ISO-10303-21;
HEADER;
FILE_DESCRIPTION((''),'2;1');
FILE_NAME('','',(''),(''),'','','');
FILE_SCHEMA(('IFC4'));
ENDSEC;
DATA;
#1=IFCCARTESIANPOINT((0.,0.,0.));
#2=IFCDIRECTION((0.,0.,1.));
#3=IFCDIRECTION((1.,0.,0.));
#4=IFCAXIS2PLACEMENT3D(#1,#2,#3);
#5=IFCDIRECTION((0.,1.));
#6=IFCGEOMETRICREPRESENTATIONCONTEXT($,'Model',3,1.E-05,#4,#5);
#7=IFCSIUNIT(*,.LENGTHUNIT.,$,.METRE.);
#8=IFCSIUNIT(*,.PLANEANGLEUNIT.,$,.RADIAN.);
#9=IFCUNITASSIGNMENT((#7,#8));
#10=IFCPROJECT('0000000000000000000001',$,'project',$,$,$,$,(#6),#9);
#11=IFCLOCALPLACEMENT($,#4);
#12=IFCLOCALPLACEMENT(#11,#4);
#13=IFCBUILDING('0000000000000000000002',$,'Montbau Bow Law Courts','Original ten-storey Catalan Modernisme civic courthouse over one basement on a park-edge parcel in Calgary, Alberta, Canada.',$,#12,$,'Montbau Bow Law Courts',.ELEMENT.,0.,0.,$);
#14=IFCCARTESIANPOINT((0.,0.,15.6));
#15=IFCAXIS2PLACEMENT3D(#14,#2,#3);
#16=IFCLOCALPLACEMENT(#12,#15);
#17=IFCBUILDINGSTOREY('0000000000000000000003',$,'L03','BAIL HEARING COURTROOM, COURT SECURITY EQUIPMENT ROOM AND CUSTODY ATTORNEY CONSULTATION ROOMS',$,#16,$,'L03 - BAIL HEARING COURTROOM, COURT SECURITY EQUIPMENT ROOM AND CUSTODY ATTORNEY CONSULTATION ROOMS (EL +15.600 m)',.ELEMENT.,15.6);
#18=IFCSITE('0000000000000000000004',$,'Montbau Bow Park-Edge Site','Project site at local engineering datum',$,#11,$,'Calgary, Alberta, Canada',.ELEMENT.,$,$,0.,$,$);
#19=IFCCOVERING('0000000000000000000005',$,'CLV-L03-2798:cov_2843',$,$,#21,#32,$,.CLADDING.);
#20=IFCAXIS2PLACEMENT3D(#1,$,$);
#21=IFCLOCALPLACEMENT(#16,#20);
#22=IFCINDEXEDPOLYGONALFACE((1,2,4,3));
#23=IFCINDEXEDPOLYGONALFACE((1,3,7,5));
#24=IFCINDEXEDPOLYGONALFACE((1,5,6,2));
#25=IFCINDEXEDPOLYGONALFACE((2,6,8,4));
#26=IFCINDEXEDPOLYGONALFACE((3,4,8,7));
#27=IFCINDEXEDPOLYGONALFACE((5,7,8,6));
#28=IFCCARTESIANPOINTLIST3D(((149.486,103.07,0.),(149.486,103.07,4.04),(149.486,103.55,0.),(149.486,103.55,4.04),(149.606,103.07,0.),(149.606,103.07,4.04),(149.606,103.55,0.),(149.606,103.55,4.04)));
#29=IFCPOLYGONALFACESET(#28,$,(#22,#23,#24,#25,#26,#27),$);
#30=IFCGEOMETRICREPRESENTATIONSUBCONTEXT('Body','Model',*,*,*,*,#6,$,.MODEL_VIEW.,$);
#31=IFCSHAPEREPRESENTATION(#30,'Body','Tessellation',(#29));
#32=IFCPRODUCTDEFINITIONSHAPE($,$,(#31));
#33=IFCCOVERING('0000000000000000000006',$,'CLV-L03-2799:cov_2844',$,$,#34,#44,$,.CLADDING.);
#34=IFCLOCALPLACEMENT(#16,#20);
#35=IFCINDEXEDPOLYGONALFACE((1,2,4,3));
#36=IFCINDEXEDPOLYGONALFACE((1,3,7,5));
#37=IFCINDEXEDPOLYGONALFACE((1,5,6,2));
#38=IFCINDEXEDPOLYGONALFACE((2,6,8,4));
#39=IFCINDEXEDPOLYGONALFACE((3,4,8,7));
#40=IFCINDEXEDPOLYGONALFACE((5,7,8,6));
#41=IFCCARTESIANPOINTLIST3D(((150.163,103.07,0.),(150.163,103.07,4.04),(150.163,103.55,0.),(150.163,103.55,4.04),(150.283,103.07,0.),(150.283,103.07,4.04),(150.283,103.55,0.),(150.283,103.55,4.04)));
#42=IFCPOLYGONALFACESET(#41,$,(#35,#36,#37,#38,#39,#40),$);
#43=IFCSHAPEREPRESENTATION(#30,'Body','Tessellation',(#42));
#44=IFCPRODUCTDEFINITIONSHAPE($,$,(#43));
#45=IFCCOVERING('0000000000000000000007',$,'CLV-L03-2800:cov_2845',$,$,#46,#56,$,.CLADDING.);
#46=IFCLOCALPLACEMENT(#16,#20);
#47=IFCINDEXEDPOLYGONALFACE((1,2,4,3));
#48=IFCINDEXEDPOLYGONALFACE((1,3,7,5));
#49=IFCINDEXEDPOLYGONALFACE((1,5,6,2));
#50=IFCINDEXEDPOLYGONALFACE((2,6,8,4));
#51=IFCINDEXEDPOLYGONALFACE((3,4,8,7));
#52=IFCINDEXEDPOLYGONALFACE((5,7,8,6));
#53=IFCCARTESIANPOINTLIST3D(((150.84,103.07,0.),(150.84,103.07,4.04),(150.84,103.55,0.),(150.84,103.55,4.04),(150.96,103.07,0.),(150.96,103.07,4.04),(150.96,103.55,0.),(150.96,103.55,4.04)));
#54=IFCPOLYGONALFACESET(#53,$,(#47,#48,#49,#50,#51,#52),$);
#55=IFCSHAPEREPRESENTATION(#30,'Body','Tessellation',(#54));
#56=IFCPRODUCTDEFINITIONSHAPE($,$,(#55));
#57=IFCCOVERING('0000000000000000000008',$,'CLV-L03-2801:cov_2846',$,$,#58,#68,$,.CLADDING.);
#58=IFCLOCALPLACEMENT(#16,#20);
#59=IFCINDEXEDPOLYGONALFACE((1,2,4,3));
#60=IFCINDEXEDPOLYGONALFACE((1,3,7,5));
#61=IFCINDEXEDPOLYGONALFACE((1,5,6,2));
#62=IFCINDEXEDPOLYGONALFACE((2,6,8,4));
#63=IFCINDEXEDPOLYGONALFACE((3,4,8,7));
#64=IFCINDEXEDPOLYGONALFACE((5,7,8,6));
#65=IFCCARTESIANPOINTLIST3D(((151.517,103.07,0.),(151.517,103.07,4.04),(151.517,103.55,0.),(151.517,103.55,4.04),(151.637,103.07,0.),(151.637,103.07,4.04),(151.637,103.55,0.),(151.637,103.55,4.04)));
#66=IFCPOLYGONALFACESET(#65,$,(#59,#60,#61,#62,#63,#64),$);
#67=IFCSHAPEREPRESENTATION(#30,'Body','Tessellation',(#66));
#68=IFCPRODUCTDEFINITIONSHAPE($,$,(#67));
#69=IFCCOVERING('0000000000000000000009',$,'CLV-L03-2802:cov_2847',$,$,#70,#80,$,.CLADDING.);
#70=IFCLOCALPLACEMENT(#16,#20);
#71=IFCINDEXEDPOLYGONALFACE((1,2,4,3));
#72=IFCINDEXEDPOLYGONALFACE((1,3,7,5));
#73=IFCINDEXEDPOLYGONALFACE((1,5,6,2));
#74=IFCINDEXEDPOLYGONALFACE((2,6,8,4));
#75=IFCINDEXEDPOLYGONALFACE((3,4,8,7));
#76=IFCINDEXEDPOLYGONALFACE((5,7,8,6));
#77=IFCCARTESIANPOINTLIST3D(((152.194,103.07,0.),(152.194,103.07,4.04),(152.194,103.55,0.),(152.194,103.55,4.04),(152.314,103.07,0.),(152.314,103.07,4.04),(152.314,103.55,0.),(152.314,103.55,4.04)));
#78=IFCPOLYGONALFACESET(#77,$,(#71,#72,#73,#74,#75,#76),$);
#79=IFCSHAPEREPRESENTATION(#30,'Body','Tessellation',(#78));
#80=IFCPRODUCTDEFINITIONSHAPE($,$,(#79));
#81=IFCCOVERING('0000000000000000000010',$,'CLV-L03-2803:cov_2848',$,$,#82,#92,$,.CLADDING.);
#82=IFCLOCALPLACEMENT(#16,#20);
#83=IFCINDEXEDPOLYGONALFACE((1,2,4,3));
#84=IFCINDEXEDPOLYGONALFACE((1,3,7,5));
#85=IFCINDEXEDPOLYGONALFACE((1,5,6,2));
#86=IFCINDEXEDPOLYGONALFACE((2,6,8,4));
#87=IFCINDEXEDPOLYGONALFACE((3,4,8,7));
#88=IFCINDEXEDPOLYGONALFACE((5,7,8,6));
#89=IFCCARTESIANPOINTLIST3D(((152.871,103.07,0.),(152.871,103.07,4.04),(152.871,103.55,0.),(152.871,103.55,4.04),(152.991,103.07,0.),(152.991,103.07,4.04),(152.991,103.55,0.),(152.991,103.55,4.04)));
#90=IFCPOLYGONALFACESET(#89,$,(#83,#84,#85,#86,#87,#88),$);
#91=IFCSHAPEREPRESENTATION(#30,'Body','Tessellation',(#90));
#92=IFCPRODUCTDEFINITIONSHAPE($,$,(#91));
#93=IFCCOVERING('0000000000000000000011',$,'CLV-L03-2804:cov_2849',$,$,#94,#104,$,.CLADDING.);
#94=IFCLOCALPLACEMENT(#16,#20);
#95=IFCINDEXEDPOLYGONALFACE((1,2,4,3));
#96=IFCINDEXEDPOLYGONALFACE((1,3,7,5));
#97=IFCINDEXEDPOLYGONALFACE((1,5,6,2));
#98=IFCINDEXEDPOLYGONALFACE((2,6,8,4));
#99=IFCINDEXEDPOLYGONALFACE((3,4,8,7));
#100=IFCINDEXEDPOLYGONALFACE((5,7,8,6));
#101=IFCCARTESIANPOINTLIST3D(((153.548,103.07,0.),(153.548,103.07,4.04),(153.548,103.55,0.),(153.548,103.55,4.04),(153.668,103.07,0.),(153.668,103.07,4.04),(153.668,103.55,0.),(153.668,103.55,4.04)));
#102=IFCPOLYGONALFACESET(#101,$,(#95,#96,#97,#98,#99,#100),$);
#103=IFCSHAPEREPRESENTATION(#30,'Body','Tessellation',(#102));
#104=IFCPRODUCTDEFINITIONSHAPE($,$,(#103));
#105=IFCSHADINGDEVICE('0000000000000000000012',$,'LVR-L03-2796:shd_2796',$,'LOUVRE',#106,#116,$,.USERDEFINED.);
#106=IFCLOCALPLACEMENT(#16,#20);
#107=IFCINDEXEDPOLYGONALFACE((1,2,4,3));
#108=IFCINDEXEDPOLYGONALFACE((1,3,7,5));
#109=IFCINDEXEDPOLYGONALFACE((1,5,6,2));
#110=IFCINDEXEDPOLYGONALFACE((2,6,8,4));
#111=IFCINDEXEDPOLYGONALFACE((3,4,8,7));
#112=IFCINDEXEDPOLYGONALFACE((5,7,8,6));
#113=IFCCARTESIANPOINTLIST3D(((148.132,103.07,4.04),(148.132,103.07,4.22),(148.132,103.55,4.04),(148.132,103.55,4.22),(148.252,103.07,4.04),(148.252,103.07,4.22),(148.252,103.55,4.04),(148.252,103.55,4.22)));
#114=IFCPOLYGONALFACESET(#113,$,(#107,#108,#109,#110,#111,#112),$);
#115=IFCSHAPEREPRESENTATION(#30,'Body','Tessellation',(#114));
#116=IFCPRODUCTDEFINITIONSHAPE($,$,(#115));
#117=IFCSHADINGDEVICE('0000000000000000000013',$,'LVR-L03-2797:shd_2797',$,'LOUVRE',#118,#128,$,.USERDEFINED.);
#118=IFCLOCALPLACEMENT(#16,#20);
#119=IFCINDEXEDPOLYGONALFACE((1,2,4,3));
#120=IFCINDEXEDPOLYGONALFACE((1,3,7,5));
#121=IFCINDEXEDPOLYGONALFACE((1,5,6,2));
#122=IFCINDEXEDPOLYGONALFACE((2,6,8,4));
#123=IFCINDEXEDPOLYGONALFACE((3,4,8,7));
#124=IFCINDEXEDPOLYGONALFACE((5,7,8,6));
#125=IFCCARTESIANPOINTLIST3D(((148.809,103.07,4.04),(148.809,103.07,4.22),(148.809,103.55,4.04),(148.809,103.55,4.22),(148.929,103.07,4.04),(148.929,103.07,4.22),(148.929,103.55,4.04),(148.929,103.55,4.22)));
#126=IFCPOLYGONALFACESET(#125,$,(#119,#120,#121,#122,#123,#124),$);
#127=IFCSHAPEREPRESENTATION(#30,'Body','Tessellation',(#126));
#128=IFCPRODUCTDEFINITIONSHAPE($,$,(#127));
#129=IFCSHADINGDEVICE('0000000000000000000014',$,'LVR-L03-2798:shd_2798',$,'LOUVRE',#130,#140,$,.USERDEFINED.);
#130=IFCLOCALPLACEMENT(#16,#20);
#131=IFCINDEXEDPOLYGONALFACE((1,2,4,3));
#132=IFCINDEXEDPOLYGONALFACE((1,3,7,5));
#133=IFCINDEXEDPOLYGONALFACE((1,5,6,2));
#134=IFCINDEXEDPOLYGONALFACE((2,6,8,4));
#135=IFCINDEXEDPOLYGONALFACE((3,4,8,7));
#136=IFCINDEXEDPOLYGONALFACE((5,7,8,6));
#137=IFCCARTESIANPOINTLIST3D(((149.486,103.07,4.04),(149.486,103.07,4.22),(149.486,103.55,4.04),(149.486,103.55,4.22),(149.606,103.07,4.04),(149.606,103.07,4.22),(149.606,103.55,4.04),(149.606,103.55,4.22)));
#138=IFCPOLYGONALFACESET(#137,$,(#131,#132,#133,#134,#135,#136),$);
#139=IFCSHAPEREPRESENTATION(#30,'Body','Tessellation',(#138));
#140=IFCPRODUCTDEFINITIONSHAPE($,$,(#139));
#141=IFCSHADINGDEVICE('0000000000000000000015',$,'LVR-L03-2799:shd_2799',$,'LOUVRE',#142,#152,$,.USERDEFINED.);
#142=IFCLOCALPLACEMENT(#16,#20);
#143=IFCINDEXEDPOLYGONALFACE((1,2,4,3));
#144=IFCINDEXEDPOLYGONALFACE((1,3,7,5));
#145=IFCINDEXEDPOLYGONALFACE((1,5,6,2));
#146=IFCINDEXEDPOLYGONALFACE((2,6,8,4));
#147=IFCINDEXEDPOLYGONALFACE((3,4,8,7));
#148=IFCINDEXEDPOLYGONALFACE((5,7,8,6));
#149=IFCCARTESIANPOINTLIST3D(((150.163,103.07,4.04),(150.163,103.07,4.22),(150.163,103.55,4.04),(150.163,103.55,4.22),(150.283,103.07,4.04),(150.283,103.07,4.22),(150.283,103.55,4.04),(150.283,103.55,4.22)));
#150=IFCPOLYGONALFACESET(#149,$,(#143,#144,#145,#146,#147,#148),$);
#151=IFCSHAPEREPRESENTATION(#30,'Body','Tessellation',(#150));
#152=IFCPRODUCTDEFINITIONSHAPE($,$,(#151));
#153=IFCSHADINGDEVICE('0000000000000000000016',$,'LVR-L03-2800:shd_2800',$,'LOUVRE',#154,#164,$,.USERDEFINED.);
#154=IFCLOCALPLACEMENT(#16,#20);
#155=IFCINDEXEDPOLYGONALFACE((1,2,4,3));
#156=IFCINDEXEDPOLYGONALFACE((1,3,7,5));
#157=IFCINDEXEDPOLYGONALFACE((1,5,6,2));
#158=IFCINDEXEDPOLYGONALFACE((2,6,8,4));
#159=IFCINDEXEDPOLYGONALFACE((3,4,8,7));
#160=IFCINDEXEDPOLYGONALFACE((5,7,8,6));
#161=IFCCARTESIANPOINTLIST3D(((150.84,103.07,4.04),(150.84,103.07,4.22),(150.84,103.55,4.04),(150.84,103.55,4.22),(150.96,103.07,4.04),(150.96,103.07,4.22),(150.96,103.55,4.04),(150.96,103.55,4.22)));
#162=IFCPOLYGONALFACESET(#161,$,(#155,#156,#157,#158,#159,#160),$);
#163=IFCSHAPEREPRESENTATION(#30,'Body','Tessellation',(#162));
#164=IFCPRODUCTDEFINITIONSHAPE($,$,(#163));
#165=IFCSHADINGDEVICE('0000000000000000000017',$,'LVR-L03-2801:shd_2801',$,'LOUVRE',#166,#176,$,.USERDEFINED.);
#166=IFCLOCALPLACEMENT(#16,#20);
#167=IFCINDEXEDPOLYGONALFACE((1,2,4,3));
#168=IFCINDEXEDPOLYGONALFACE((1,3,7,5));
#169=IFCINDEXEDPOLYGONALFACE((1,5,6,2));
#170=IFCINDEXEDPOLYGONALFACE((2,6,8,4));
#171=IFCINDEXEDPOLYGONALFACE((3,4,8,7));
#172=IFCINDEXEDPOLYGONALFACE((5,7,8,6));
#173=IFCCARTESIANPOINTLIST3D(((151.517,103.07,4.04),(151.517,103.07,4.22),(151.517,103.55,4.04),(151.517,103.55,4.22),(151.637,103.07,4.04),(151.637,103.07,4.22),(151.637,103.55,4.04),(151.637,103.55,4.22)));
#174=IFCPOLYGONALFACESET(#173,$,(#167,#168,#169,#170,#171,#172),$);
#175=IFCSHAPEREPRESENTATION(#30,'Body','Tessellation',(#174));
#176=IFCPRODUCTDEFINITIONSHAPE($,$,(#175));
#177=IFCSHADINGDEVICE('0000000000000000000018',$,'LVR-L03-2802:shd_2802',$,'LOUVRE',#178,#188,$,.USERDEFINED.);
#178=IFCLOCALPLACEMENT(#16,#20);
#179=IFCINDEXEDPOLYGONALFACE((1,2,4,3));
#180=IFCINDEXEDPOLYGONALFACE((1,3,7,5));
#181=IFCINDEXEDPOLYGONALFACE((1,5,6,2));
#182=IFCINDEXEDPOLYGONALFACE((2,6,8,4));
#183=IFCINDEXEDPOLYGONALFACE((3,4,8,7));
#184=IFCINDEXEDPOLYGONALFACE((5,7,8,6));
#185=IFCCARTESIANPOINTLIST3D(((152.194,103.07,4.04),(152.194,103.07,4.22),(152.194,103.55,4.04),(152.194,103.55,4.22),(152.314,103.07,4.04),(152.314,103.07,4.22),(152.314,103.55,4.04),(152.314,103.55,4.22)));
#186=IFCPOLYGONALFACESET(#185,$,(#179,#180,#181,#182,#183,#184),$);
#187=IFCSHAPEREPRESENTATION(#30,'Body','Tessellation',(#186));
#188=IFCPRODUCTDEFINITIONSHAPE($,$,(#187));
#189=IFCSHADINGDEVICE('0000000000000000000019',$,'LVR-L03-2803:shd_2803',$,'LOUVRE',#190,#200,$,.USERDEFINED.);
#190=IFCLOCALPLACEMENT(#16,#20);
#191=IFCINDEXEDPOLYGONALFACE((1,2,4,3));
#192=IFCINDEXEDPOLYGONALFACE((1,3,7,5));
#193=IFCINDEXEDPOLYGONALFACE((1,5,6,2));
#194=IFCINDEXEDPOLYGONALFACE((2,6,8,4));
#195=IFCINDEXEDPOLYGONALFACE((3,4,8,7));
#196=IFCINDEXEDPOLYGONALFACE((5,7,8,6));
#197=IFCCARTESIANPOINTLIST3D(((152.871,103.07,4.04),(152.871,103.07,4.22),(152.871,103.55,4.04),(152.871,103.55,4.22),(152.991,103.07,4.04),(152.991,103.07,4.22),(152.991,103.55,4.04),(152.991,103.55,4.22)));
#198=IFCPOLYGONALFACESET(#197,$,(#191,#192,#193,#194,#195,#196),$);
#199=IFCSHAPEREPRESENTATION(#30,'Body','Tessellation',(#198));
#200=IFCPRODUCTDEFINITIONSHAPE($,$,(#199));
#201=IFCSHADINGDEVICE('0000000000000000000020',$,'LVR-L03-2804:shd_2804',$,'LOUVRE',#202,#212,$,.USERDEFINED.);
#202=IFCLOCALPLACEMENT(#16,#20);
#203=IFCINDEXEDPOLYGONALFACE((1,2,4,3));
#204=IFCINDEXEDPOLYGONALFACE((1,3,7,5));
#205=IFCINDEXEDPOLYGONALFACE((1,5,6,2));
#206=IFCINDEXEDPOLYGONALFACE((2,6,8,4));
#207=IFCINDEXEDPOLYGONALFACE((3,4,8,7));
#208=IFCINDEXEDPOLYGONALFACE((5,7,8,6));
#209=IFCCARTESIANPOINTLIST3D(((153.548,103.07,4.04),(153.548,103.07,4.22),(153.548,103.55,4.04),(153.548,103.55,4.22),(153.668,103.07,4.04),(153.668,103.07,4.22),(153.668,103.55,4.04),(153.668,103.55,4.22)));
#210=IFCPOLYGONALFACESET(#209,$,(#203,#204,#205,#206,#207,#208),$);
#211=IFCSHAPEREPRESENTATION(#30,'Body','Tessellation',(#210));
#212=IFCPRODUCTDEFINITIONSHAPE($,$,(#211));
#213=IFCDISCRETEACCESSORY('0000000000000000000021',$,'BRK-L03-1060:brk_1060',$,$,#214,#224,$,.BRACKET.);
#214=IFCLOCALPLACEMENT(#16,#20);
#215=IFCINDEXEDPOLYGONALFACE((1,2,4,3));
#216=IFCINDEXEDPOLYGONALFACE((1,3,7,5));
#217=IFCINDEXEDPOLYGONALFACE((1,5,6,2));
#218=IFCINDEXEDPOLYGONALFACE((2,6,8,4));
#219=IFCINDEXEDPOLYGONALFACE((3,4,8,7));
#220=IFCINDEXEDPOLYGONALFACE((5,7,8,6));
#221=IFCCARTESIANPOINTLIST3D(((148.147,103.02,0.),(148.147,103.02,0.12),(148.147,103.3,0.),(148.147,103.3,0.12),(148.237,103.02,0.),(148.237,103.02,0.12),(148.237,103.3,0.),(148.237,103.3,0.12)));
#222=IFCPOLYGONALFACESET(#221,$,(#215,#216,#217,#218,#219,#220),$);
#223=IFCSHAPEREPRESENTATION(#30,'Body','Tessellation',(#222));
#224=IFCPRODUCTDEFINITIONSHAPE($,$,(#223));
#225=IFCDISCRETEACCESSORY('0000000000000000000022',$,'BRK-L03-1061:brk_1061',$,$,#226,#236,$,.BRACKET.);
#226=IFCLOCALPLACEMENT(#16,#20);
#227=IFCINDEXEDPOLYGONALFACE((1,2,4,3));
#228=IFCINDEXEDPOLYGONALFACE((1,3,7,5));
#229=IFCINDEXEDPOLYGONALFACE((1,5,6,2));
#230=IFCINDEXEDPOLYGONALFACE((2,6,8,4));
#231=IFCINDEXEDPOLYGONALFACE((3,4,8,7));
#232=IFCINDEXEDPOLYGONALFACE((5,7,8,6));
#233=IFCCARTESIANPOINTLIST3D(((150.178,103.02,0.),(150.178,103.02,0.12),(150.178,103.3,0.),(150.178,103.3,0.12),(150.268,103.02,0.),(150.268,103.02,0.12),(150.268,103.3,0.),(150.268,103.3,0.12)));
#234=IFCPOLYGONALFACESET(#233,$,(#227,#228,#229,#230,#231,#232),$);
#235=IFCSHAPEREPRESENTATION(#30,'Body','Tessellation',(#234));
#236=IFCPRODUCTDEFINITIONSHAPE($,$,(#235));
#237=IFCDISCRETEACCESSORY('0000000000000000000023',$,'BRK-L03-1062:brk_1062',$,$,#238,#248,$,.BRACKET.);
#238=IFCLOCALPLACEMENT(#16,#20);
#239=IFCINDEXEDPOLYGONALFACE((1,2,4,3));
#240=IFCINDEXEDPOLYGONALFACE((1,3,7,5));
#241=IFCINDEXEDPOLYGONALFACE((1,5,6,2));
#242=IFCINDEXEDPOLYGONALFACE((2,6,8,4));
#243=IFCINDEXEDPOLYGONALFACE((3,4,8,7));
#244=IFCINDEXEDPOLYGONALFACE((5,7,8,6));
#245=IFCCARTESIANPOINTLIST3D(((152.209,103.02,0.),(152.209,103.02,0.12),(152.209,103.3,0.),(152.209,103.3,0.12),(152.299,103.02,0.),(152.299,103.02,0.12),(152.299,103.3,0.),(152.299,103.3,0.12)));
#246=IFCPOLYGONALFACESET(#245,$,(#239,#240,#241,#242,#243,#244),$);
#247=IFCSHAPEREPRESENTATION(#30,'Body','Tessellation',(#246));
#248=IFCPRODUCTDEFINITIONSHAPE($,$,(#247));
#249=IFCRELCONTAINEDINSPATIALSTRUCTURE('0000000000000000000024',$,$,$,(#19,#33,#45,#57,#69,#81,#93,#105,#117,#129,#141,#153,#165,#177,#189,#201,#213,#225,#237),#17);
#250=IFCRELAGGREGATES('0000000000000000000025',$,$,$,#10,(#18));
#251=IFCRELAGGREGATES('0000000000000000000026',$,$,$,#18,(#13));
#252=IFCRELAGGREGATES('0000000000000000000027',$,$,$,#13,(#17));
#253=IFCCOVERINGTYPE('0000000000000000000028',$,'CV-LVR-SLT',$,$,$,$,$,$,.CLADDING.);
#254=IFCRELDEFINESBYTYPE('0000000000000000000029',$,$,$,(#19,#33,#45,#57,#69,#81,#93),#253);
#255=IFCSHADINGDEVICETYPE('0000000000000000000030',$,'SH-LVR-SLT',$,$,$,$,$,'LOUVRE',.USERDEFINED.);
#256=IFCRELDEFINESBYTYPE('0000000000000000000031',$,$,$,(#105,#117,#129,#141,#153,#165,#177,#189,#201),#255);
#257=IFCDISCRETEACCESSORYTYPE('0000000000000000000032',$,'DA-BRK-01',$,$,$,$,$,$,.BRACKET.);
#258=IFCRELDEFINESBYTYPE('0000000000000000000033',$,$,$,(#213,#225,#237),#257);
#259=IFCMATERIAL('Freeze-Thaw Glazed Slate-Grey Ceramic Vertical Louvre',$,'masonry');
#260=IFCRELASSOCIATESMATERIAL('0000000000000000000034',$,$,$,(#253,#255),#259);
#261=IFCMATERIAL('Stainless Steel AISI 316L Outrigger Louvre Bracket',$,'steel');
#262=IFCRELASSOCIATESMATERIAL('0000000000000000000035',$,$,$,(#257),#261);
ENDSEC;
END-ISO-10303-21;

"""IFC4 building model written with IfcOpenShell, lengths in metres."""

from ifc_helpers import new_model, si_unit, direction, frame, frame_2d, origin_with_axes, origin_2d_with_axis, place, context, subcontext, project, spatial, rectangle, extrude, material, type_object, element, save


model = new_model("IFC4")

# Units and contexts
model_context = context("Model", 3, precision=1e-05, world=origin_with_axes(), true_north=direction((0.0, 1.0)))
body_context = subcontext(model_context, "Body", "Model", "MODEL_VIEW")
ifc_project = project(units=[si_unit("LENGTHUNIT", "METRE"), si_unit("PLANEANGLEUNIT", "RADIAN")], contexts=[model_context])

# Site, building, storey
site_placement = place(None, origin_with_axes())
site = spatial("IfcSite", under=ifc_project, at=site_placement, Name="Montbau Bow Park-Edge Site", Description="Project site at local engineering datum", LongName="Calgary, Alberta, Canada", CompositionType="ELEMENT", RefElevation=0.0)
building_placement = place(site_placement, origin_with_axes())
building = spatial("IfcBuilding", under=site, at=building_placement, Name="Montbau Bow Law Courts", Description="Original ten-storey Catalan Modernisme civic courthouse over one basement on a park-edge parcel in Calgary, Alberta, Canada.", LongName="Montbau Bow Law Courts", CompositionType="ELEMENT", ElevationOfRefHeight=0.0, ElevationOfTerrain=0.0)
storey_placement = place(building_placement, frame((0.0, 0.0, 15.6), z_axis=(0.0, 0.0, 1.0), x_axis=(1.0, 0.0, 0.0)))
storey = spatial("IfcBuildingStorey", under=building, at=storey_placement, Name="L03", Description="BAIL HEARING COURTROOM, COURT SECURITY EQUIPMENT ROOM AND CUSTODY ATTORNEY CONSULTATION ROOMS", LongName="L03 - BAIL HEARING COURTROOM, COURT SECURITY EQUIPMENT ROOM AND CUSTODY ATTORNEY CONSULTATION ROOMS (EL +15.600 m)", CompositionType="ELEMENT", Elevation=15.6)

# Coverings
ifc_material_1 = material(Name="Freeze-Thaw Glazed Slate-Grey Ceramic Vertical Louvre", Category="masonry")
covering_type = type_object("IfcCoveringType", Name="CV-LVR-SLT", PredefinedType="CLADDING", material=ifc_material_1)
for number, where, z_axis, x_axis, name in (
    (1, (149.546, 103.07, 15.6), (1.0, 0.0, 0.0), (0.0, 1.0, 0.0), "CLV-L03-2798:cov_2843"),
    (2, (150.223, 103.07, 15.6), (1.0, 0.0, 0.0), (0.0, 1.0, 0.0), "CLV-L03-2799:cov_2844"),
    (3, (150.9, 103.07, 15.6), (1.0, 0.0, 0.0), (0.0, 1.0, 0.0), "CLV-L03-2800:cov_2845"),
    (4, (151.577, 103.07, 15.6), (1.0, 0.0, 0.0), (0.0, 1.0, 0.0), "CLV-L03-2801:cov_2846"),
    (5, (152.254, 103.07, 15.6), (1.0, 0.0, 0.0), (0.0, 1.0, 0.0), "CLV-L03-2802:cov_2847"),
    (6, (152.931, 103.07, 15.6), (1.0, 0.0, 0.0), (0.0, 1.0, 0.0), "CLV-L03-2803:cov_2848"),
    (7, (153.608, 103.07, 15.6), (1.0, 0.0, 0.0), (0.0, 1.0, 0.0), "CLV-L03-2804:cov_2849"),
):
    element("IfcCovering", number, at=place(None, frame(where, z_axis=z_axis, x_axis=x_axis)), inside=storey, type_object=covering_type, Name=name, PredefinedType="CLADDING", context=body_context, shape_type="SweptSolid", body=[
        extrude(rectangle(XDim=0.48, YDim=4.04, at=frame_2d((0.24, 2.02), x_axis=(1.0, 0.0))), frame((0.0, 0.0, -0.06), z_axis=(0.0, 0.0, 1.0), x_axis=(1.0, 0.0, 0.0)), (0.0, 0.0, 1.0), 0.12),
    ])

# Shading devices
shading_device_type = type_object("IfcShadingDeviceType", Name="SH-LVR-SLT", ElementType="LOUVRE", PredefinedType="USERDEFINED", material=ifc_material_1)
for number, where, z_axis, x_axis, name in (
    (8, (148.192, 103.31, 19.64), (0.0, 0.0, 1.0), (0.0, 1.0, 0.0), "LVR-L03-2796:shd_2796"),
    (9, (148.869, 103.31, 19.64), (0.0, 0.0, 1.0), (0.0, 1.0, 0.0), "LVR-L03-2797:shd_2797"),
    (10, (149.546, 103.31, 19.64), (0.0, 0.0, 1.0), (0.0, 1.0, 0.0), "LVR-L03-2798:shd_2798"),
    (11, (150.223, 103.31, 19.64), (0.0, 0.0, 1.0), (0.0, 1.0, 0.0), "LVR-L03-2799:shd_2799"),
    (12, (150.9, 103.31, 19.64), (0.0, 0.0, 1.0), (0.0, 1.0, 0.0), "LVR-L03-2800:shd_2800"),
    (13, (151.577, 103.31, 19.64), (0.0, 0.0, 1.0), (0.0, 1.0, 0.0), "LVR-L03-2801:shd_2801"),
    (14, (152.254, 103.31, 19.64), (0.0, 0.0, 1.0), (0.0, 1.0, 0.0), "LVR-L03-2802:shd_2802"),
    (15, (152.931, 103.31, 19.64), (0.0, 0.0, 1.0), (0.0, 1.0, 0.0), "LVR-L03-2803:shd_2803"),
    (16, (153.608, 103.31, 19.64), (0.0, 0.0, 1.0), (0.0, 1.0, 0.0), "LVR-L03-2804:shd_2804"),
):
    element("IfcShadingDevice", number, at=place(None, frame(where, z_axis=z_axis, x_axis=x_axis)), inside=storey, type_object=shading_device_type, Name=name, ObjectType="LOUVRE", PredefinedType="USERDEFINED", context=body_context, shape_type="SweptSolid", body=[
        extrude(rectangle(XDim=0.48, YDim=0.12, at=origin_2d_with_axis()), origin_with_axes(), (0.0, 0.0, 1.0), 0.18),
    ])

# Discrete accessories
ifc_material_2 = material(Name="Stainless Steel AISI 316L Outrigger Louvre Bracket", Category="steel")
discrete_accessory_type = type_object("IfcDiscreteAccessoryType", Name="DA-BRK-01", PredefinedType="BRACKET", material=ifc_material_2)
for number, where, z_axis, x_axis, name in (
    (17, (148.192, 103.16, 15.6), (0.0, 0.0, 1.0), (0.0, 1.0, 0.0), "BRK-L03-1060:brk_1060"),
    (18, (150.223, 103.16, 15.6), (0.0, 0.0, 1.0), (0.0, 1.0, 0.0), "BRK-L03-1061:brk_1061"),
    (19, (152.254, 103.16, 15.6), (0.0, 0.0, 1.0), (0.0, 1.0, 0.0), "BRK-L03-1062:brk_1062"),
):
    element("IfcDiscreteAccessory", number, at=place(None, frame(where, z_axis=z_axis, x_axis=x_axis)), inside=storey, type_object=discrete_accessory_type, Name=name, PredefinedType="BRACKET", context=body_context, shape_type="SweptSolid", body=[
        extrude(rectangle(XDim=0.28, YDim=0.09, at=origin_2d_with_axis()), origin_with_axes(), (0.0, 0.0, 1.0), 0.12),
    ])

save(model, "model.ifc")
